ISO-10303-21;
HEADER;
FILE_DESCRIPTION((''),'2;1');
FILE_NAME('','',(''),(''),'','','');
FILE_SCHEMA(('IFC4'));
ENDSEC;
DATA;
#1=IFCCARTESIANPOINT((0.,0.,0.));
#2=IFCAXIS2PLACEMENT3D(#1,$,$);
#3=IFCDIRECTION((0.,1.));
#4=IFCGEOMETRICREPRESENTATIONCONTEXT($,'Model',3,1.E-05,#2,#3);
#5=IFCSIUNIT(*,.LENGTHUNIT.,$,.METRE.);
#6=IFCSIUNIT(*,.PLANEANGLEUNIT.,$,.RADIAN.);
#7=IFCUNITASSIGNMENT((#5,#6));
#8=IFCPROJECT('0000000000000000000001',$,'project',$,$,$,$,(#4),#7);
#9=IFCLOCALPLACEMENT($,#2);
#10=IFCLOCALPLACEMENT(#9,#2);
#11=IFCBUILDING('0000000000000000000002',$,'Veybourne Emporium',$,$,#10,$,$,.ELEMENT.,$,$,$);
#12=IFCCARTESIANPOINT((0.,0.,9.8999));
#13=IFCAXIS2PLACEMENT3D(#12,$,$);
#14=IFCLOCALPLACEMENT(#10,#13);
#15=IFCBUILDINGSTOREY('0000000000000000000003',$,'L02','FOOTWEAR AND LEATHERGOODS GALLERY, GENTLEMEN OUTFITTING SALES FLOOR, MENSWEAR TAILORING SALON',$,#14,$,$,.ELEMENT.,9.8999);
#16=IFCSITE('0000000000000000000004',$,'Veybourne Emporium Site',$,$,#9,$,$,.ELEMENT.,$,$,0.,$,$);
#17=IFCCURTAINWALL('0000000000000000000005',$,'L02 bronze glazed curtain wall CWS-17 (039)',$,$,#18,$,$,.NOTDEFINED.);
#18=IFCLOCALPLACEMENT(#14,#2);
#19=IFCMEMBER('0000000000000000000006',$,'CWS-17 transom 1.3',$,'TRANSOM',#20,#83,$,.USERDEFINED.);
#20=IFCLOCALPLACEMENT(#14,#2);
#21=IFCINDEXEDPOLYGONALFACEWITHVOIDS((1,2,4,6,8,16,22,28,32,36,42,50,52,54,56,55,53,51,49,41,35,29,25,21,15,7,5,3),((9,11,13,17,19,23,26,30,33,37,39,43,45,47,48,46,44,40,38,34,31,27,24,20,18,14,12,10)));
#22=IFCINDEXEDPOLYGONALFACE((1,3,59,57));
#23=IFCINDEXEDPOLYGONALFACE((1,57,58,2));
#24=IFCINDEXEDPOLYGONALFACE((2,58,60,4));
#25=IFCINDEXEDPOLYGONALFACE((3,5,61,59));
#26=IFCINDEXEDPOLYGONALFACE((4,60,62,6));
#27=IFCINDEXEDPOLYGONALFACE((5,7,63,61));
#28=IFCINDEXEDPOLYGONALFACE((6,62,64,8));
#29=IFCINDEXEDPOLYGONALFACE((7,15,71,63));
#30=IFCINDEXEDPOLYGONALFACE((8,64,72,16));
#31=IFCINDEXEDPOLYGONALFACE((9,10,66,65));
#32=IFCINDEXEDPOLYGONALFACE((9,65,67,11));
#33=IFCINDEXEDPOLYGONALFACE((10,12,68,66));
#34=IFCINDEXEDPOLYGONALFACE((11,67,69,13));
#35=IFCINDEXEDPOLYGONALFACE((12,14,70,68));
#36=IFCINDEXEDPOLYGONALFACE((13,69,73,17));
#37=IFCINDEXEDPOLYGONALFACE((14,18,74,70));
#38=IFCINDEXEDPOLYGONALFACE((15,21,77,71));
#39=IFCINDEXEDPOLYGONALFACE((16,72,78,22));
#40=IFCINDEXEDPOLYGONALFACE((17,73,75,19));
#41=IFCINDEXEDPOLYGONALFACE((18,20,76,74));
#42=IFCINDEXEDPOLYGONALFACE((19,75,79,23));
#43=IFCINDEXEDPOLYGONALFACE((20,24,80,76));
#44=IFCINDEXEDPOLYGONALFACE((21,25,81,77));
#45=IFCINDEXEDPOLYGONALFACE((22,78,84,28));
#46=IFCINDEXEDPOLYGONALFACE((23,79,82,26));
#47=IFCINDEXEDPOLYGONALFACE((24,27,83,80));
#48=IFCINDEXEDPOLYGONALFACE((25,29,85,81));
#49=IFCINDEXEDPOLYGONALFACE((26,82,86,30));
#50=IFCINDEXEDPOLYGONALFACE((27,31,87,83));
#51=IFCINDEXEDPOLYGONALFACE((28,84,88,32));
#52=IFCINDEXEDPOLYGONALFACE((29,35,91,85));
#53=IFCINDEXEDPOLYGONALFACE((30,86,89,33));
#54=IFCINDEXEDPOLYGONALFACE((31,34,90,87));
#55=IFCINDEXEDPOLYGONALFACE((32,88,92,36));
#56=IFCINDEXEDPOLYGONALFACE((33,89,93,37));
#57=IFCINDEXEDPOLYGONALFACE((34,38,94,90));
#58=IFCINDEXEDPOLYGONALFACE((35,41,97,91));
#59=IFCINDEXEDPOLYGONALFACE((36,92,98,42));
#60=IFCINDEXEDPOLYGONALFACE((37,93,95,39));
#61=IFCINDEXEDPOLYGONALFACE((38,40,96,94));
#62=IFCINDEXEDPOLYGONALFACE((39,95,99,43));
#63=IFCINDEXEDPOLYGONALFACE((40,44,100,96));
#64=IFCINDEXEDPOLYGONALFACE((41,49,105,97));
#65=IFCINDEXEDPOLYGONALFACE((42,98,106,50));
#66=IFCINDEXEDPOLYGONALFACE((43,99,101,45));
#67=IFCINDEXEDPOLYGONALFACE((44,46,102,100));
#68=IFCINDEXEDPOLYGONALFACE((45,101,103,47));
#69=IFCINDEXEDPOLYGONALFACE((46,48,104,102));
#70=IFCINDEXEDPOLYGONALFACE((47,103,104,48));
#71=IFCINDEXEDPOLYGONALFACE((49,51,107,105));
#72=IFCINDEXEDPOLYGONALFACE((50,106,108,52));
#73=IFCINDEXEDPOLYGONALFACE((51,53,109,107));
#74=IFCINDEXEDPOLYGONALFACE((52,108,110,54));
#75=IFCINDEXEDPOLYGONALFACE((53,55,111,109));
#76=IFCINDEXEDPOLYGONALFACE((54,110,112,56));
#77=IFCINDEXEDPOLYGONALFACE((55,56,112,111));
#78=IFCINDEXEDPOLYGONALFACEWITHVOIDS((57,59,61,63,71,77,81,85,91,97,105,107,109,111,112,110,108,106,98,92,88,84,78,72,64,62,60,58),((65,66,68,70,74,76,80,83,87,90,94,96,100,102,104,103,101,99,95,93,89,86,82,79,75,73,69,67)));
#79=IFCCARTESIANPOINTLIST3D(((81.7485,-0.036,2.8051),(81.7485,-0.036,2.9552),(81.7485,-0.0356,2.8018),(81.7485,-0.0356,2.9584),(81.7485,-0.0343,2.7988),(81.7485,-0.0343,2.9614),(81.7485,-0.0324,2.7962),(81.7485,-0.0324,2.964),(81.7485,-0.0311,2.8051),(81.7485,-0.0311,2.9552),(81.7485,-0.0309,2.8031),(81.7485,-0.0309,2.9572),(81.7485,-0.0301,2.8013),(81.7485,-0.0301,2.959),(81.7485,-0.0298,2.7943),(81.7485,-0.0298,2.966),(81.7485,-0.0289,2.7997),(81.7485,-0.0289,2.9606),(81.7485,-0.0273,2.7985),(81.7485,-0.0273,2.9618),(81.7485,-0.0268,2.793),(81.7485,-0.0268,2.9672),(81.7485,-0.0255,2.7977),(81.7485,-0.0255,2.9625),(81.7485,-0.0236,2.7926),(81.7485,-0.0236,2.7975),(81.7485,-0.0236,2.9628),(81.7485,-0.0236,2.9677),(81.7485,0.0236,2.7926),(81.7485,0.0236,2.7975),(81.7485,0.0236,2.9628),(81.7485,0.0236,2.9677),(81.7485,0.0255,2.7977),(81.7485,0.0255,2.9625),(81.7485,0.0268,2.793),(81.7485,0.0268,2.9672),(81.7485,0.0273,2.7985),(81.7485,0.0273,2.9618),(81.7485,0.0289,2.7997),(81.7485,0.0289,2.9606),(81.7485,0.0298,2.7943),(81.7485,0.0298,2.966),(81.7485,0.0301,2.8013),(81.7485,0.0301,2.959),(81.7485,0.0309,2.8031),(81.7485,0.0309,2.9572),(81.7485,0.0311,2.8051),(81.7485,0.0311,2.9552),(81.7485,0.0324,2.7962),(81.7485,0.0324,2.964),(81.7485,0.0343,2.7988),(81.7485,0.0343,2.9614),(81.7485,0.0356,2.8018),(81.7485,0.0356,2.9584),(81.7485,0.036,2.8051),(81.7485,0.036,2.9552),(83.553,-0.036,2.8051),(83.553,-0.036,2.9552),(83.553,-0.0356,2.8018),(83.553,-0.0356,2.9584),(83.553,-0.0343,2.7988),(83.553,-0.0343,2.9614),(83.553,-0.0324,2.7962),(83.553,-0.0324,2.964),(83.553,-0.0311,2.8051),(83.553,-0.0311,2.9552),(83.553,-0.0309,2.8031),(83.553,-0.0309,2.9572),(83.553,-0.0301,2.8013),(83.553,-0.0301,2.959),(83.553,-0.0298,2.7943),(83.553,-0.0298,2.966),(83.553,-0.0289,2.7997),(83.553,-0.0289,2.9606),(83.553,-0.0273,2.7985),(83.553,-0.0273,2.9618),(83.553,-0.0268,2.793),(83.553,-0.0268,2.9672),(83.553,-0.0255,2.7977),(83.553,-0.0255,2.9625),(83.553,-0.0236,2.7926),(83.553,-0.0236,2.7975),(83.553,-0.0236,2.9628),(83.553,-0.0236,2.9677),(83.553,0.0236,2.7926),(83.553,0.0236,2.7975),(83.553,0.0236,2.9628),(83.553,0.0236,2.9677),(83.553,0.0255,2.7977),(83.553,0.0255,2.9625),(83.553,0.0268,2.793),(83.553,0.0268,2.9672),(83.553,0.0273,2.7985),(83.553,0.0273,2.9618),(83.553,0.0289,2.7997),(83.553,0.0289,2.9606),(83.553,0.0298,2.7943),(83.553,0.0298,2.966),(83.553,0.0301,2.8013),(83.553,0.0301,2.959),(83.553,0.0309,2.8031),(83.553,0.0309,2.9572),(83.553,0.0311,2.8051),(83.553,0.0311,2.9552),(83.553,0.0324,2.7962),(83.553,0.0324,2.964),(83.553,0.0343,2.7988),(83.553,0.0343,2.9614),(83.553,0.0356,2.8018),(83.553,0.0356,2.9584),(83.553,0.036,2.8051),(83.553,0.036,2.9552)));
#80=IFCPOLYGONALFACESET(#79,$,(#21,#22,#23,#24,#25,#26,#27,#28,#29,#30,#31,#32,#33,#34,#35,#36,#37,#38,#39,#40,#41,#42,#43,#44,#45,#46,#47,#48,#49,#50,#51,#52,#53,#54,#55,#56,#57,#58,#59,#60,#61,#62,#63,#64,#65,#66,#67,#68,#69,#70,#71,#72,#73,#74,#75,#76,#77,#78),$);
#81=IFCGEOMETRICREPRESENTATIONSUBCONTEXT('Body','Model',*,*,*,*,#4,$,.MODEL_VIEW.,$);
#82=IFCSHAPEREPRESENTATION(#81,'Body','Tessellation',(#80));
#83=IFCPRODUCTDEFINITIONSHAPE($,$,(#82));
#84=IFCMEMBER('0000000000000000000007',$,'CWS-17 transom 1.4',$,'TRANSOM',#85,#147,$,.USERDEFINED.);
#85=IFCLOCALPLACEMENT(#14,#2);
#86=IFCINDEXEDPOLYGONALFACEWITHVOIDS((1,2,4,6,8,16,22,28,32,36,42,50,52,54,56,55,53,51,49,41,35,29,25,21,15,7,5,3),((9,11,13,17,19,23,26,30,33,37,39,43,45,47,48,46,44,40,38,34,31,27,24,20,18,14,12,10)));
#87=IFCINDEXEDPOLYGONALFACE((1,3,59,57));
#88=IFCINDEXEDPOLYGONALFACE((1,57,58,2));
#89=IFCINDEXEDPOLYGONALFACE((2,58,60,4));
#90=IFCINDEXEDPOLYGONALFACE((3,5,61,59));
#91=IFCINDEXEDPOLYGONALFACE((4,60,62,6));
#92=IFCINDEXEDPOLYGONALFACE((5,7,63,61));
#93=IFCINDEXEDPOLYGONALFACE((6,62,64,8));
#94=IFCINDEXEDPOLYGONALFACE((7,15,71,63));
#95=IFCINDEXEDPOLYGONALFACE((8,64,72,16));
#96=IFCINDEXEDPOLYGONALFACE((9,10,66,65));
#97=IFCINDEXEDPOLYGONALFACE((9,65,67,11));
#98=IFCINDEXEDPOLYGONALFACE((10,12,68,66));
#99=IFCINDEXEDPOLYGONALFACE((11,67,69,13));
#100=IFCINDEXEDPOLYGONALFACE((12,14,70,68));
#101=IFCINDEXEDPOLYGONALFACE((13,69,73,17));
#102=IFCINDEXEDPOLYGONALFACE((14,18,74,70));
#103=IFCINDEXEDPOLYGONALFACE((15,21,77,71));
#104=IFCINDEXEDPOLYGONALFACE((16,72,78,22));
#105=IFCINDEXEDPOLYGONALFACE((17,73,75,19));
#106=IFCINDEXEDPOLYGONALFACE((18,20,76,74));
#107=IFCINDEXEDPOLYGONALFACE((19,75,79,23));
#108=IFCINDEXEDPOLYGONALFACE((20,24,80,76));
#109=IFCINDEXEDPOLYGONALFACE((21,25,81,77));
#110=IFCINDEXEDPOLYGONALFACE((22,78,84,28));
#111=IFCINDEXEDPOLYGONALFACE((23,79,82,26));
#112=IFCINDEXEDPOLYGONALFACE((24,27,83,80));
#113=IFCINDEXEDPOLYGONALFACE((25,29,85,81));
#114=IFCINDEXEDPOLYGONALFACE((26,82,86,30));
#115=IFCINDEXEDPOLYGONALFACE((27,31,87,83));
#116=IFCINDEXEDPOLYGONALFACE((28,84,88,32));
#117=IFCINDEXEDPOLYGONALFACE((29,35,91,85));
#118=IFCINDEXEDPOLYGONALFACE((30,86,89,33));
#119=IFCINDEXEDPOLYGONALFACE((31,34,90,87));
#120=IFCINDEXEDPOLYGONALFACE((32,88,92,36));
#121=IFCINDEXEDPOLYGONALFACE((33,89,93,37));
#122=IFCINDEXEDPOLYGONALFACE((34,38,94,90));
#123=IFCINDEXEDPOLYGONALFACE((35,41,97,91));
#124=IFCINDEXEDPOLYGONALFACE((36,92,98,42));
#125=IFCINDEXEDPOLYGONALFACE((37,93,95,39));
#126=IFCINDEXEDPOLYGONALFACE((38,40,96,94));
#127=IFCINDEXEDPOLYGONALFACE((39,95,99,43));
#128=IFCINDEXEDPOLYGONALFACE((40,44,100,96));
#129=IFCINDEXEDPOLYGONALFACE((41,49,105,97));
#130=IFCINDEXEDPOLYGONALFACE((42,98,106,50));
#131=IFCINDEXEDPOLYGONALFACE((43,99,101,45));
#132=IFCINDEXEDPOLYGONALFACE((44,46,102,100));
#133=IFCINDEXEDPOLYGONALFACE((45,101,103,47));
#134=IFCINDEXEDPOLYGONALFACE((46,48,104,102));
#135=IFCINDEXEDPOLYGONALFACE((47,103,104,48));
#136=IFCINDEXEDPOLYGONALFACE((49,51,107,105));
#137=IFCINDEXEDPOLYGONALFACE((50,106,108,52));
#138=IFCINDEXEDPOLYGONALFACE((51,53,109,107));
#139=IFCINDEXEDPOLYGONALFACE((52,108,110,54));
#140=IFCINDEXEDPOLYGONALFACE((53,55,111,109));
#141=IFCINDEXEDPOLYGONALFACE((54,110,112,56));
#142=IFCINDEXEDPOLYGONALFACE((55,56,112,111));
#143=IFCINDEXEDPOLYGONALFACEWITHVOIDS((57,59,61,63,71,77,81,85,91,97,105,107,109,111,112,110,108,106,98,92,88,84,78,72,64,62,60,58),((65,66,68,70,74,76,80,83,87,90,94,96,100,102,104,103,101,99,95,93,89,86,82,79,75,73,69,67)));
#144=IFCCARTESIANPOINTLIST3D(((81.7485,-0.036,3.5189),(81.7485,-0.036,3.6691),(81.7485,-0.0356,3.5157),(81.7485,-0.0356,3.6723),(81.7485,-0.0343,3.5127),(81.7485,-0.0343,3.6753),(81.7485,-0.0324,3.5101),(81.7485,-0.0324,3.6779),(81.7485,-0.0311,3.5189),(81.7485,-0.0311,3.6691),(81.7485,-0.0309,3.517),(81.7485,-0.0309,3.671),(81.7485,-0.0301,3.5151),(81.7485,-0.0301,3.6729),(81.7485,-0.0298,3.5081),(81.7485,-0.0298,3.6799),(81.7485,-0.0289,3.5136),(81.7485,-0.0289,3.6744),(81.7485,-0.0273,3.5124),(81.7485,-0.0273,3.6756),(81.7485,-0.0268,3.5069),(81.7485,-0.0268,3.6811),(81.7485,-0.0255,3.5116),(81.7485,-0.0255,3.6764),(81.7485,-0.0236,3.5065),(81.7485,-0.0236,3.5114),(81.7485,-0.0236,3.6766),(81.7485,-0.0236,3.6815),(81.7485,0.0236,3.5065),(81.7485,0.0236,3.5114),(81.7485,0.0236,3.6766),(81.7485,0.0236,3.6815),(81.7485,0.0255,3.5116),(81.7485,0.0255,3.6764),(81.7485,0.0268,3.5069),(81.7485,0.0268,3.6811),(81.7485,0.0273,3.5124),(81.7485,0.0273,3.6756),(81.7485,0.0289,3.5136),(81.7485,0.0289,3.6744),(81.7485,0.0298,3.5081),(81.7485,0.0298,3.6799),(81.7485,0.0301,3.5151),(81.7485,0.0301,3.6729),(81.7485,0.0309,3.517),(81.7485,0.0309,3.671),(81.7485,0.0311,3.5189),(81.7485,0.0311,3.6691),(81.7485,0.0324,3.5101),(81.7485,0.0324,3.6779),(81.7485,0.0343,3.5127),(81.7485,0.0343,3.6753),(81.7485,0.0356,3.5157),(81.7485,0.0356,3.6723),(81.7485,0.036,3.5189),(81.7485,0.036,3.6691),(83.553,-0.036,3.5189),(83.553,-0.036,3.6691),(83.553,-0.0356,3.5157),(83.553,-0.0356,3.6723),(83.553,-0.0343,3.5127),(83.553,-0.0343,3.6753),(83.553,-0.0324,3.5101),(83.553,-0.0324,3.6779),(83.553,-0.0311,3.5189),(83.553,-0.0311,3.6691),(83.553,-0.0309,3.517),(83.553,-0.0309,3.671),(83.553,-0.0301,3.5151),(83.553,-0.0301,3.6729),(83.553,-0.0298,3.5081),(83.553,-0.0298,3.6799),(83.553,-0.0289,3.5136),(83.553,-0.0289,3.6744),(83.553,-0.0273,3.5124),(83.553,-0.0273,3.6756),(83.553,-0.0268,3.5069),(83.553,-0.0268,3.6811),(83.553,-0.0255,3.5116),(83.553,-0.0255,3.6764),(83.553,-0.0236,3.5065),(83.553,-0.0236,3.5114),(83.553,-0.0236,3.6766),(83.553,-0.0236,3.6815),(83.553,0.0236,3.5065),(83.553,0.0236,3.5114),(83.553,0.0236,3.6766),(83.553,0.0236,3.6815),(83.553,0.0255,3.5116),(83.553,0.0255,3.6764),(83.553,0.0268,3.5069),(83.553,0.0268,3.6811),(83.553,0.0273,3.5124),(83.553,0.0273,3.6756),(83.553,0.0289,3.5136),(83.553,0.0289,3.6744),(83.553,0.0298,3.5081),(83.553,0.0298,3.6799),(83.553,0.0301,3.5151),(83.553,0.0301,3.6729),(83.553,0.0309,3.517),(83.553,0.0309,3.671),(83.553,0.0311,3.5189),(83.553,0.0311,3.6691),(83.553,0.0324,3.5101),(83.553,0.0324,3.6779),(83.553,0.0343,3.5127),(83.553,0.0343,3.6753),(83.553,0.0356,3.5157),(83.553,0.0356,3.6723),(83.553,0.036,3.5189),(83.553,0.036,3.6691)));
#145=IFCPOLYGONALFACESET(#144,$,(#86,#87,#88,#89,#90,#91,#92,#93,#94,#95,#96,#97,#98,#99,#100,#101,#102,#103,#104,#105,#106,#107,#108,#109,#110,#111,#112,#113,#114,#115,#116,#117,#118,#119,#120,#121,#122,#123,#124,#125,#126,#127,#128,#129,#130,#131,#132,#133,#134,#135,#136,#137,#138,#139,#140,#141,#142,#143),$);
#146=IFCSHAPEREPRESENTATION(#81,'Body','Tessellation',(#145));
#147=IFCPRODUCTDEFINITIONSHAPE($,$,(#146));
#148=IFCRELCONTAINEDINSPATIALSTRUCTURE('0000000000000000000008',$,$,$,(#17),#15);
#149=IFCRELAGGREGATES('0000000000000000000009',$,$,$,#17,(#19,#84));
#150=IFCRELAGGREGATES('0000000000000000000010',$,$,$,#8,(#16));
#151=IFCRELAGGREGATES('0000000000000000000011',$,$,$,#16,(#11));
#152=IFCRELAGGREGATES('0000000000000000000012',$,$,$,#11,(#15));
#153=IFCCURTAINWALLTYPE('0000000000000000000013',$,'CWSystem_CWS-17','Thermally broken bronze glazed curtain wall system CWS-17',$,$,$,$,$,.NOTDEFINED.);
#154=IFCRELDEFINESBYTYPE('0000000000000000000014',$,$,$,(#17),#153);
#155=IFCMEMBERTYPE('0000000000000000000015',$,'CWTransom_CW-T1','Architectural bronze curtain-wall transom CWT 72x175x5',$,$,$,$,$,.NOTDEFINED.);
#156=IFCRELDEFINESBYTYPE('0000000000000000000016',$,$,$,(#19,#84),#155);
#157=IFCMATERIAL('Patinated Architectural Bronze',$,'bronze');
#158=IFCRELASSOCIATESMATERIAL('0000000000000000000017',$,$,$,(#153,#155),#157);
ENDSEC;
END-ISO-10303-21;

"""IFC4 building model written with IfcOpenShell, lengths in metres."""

from ifc_helpers import new_model, si_unit, direction, frame, origin, origin_2d, place, context, subcontext, project, spatial, hollow_rectangle, extrude, material, material_profile, profile_set, type_object, element, aggregate, save


model = new_model("IFC4")

# Units and contexts
model_context = context("Model", 3, precision=1e-05, world=origin(), true_north=direction((0.0, 1.0)))
body_context = subcontext(model_context, "Body", "Model", "MODEL_VIEW")
ifc_project = project(units=[si_unit("LENGTHUNIT", "METRE"), si_unit("PLANEANGLEUNIT", "RADIAN")], contexts=[model_context])

# Site, building, storey
site_placement = place(None, origin())
site = spatial("IfcSite", under=ifc_project, at=site_placement, Name="Veybourne Emporium Site", CompositionType="ELEMENT", RefElevation=0.0)
building_placement = place(site_placement, origin())
building = spatial("IfcBuilding", under=site, at=building_placement, Name="Veybourne Emporium", CompositionType="ELEMENT")
storey_placement = place(building_placement, frame((0.0, 0.0, 9.8999)))
storey = spatial("IfcBuildingStorey", under=building, at=storey_placement, Name="L02", Description="FOOTWEAR AND LEATHERGOODS GALLERY, GENTLEMEN OUTFITTING SALES FLOOR, MENSWEAR TAILORING SALON", CompositionType="ELEMENT", Elevation=9.8999)

# Curtain wall
ifc_material_1 = material(Name="Patinated Architectural Bronze", Category="bronze")
curtain_wall_type_1 = type_object("IfcCurtainWallType", Name="CWSystem_CWS-17", Description="Thermally broken bronze glazed curtain wall system CWS-17", PredefinedType="NOTDEFINED", material=ifc_material_1)
curtain_wall_1_placement = place(storey_placement, origin())
curtain_wall_1 = element("IfcCurtainWall", 1, at=curtain_wall_1_placement, inside=storey, type_object=curtain_wall_type_1, Name="L02 bronze glazed curtain wall CWS-17 (039)", PredefinedType="NOTDEFINED")

# Members
ifc_material_profile_1 = material_profile(ifc_material_1, hollow_rectangle(XDim=0.072, YDim=0.175, WallThickness=0.0049, InnerFilletRadius=0.0076, OuterFilletRadius=0.0125, at=origin_2d()), Name="CWT 72x175x5")
ifc_profile_set_1 = profile_set([ifc_material_profile_1], Name="Patinated Architectural Bronze")
member_type_1 = type_object("IfcMemberType", Name="CWTransom_CW-T1", Description="Architectural bronze curtain-wall transom CWT 72x175x5", PredefinedType="NOTDEFINED", material=ifc_profile_set_1)
member_1_placement = place(storey_placement, frame((83.553, 0.0, 2.8801), z_axis=(-1.0, 0.0, 0.0), x_axis=(0.0, -1.0, 0.0)))
member_1 = element("IfcMember", 2, at=member_1_placement, type_object=member_type_1, Name="CWS-17 transom 1.3", ObjectType="TRANSOM", PredefinedType="USERDEFINED", context=body_context, shape_type="SweptSolid", body=[
    extrude(hollow_rectangle(XDim=0.072, YDim=0.175, WallThickness=0.0049, InnerFilletRadius=0.0076, OuterFilletRadius=0.0125, at=origin_2d()), origin(), (0.0, 0.0, 1.0), 1.8044),
])
member_2_placement = place(storey_placement, frame((83.553, 0.0, 3.594), z_axis=(-1.0, 0.0, 0.0), x_axis=(0.0, -1.0, 0.0)))
member_2 = element("IfcMember", 3, at=member_2_placement, type_object=member_type_1, Name="CWS-17 transom 1.4", ObjectType="TRANSOM", PredefinedType="USERDEFINED", context=body_context, shape_type="SweptSolid", body=[
    extrude(hollow_rectangle(XDim=0.072, YDim=0.175, WallThickness=0.0049, InnerFilletRadius=0.0076, OuterFilletRadius=0.0125, at=origin_2d()), origin(), (0.0, 0.0, 1.0), 1.8044),
])

aggregate(curtain_wall_1, [member_1, member_2])

save(model, "model.ifc")
